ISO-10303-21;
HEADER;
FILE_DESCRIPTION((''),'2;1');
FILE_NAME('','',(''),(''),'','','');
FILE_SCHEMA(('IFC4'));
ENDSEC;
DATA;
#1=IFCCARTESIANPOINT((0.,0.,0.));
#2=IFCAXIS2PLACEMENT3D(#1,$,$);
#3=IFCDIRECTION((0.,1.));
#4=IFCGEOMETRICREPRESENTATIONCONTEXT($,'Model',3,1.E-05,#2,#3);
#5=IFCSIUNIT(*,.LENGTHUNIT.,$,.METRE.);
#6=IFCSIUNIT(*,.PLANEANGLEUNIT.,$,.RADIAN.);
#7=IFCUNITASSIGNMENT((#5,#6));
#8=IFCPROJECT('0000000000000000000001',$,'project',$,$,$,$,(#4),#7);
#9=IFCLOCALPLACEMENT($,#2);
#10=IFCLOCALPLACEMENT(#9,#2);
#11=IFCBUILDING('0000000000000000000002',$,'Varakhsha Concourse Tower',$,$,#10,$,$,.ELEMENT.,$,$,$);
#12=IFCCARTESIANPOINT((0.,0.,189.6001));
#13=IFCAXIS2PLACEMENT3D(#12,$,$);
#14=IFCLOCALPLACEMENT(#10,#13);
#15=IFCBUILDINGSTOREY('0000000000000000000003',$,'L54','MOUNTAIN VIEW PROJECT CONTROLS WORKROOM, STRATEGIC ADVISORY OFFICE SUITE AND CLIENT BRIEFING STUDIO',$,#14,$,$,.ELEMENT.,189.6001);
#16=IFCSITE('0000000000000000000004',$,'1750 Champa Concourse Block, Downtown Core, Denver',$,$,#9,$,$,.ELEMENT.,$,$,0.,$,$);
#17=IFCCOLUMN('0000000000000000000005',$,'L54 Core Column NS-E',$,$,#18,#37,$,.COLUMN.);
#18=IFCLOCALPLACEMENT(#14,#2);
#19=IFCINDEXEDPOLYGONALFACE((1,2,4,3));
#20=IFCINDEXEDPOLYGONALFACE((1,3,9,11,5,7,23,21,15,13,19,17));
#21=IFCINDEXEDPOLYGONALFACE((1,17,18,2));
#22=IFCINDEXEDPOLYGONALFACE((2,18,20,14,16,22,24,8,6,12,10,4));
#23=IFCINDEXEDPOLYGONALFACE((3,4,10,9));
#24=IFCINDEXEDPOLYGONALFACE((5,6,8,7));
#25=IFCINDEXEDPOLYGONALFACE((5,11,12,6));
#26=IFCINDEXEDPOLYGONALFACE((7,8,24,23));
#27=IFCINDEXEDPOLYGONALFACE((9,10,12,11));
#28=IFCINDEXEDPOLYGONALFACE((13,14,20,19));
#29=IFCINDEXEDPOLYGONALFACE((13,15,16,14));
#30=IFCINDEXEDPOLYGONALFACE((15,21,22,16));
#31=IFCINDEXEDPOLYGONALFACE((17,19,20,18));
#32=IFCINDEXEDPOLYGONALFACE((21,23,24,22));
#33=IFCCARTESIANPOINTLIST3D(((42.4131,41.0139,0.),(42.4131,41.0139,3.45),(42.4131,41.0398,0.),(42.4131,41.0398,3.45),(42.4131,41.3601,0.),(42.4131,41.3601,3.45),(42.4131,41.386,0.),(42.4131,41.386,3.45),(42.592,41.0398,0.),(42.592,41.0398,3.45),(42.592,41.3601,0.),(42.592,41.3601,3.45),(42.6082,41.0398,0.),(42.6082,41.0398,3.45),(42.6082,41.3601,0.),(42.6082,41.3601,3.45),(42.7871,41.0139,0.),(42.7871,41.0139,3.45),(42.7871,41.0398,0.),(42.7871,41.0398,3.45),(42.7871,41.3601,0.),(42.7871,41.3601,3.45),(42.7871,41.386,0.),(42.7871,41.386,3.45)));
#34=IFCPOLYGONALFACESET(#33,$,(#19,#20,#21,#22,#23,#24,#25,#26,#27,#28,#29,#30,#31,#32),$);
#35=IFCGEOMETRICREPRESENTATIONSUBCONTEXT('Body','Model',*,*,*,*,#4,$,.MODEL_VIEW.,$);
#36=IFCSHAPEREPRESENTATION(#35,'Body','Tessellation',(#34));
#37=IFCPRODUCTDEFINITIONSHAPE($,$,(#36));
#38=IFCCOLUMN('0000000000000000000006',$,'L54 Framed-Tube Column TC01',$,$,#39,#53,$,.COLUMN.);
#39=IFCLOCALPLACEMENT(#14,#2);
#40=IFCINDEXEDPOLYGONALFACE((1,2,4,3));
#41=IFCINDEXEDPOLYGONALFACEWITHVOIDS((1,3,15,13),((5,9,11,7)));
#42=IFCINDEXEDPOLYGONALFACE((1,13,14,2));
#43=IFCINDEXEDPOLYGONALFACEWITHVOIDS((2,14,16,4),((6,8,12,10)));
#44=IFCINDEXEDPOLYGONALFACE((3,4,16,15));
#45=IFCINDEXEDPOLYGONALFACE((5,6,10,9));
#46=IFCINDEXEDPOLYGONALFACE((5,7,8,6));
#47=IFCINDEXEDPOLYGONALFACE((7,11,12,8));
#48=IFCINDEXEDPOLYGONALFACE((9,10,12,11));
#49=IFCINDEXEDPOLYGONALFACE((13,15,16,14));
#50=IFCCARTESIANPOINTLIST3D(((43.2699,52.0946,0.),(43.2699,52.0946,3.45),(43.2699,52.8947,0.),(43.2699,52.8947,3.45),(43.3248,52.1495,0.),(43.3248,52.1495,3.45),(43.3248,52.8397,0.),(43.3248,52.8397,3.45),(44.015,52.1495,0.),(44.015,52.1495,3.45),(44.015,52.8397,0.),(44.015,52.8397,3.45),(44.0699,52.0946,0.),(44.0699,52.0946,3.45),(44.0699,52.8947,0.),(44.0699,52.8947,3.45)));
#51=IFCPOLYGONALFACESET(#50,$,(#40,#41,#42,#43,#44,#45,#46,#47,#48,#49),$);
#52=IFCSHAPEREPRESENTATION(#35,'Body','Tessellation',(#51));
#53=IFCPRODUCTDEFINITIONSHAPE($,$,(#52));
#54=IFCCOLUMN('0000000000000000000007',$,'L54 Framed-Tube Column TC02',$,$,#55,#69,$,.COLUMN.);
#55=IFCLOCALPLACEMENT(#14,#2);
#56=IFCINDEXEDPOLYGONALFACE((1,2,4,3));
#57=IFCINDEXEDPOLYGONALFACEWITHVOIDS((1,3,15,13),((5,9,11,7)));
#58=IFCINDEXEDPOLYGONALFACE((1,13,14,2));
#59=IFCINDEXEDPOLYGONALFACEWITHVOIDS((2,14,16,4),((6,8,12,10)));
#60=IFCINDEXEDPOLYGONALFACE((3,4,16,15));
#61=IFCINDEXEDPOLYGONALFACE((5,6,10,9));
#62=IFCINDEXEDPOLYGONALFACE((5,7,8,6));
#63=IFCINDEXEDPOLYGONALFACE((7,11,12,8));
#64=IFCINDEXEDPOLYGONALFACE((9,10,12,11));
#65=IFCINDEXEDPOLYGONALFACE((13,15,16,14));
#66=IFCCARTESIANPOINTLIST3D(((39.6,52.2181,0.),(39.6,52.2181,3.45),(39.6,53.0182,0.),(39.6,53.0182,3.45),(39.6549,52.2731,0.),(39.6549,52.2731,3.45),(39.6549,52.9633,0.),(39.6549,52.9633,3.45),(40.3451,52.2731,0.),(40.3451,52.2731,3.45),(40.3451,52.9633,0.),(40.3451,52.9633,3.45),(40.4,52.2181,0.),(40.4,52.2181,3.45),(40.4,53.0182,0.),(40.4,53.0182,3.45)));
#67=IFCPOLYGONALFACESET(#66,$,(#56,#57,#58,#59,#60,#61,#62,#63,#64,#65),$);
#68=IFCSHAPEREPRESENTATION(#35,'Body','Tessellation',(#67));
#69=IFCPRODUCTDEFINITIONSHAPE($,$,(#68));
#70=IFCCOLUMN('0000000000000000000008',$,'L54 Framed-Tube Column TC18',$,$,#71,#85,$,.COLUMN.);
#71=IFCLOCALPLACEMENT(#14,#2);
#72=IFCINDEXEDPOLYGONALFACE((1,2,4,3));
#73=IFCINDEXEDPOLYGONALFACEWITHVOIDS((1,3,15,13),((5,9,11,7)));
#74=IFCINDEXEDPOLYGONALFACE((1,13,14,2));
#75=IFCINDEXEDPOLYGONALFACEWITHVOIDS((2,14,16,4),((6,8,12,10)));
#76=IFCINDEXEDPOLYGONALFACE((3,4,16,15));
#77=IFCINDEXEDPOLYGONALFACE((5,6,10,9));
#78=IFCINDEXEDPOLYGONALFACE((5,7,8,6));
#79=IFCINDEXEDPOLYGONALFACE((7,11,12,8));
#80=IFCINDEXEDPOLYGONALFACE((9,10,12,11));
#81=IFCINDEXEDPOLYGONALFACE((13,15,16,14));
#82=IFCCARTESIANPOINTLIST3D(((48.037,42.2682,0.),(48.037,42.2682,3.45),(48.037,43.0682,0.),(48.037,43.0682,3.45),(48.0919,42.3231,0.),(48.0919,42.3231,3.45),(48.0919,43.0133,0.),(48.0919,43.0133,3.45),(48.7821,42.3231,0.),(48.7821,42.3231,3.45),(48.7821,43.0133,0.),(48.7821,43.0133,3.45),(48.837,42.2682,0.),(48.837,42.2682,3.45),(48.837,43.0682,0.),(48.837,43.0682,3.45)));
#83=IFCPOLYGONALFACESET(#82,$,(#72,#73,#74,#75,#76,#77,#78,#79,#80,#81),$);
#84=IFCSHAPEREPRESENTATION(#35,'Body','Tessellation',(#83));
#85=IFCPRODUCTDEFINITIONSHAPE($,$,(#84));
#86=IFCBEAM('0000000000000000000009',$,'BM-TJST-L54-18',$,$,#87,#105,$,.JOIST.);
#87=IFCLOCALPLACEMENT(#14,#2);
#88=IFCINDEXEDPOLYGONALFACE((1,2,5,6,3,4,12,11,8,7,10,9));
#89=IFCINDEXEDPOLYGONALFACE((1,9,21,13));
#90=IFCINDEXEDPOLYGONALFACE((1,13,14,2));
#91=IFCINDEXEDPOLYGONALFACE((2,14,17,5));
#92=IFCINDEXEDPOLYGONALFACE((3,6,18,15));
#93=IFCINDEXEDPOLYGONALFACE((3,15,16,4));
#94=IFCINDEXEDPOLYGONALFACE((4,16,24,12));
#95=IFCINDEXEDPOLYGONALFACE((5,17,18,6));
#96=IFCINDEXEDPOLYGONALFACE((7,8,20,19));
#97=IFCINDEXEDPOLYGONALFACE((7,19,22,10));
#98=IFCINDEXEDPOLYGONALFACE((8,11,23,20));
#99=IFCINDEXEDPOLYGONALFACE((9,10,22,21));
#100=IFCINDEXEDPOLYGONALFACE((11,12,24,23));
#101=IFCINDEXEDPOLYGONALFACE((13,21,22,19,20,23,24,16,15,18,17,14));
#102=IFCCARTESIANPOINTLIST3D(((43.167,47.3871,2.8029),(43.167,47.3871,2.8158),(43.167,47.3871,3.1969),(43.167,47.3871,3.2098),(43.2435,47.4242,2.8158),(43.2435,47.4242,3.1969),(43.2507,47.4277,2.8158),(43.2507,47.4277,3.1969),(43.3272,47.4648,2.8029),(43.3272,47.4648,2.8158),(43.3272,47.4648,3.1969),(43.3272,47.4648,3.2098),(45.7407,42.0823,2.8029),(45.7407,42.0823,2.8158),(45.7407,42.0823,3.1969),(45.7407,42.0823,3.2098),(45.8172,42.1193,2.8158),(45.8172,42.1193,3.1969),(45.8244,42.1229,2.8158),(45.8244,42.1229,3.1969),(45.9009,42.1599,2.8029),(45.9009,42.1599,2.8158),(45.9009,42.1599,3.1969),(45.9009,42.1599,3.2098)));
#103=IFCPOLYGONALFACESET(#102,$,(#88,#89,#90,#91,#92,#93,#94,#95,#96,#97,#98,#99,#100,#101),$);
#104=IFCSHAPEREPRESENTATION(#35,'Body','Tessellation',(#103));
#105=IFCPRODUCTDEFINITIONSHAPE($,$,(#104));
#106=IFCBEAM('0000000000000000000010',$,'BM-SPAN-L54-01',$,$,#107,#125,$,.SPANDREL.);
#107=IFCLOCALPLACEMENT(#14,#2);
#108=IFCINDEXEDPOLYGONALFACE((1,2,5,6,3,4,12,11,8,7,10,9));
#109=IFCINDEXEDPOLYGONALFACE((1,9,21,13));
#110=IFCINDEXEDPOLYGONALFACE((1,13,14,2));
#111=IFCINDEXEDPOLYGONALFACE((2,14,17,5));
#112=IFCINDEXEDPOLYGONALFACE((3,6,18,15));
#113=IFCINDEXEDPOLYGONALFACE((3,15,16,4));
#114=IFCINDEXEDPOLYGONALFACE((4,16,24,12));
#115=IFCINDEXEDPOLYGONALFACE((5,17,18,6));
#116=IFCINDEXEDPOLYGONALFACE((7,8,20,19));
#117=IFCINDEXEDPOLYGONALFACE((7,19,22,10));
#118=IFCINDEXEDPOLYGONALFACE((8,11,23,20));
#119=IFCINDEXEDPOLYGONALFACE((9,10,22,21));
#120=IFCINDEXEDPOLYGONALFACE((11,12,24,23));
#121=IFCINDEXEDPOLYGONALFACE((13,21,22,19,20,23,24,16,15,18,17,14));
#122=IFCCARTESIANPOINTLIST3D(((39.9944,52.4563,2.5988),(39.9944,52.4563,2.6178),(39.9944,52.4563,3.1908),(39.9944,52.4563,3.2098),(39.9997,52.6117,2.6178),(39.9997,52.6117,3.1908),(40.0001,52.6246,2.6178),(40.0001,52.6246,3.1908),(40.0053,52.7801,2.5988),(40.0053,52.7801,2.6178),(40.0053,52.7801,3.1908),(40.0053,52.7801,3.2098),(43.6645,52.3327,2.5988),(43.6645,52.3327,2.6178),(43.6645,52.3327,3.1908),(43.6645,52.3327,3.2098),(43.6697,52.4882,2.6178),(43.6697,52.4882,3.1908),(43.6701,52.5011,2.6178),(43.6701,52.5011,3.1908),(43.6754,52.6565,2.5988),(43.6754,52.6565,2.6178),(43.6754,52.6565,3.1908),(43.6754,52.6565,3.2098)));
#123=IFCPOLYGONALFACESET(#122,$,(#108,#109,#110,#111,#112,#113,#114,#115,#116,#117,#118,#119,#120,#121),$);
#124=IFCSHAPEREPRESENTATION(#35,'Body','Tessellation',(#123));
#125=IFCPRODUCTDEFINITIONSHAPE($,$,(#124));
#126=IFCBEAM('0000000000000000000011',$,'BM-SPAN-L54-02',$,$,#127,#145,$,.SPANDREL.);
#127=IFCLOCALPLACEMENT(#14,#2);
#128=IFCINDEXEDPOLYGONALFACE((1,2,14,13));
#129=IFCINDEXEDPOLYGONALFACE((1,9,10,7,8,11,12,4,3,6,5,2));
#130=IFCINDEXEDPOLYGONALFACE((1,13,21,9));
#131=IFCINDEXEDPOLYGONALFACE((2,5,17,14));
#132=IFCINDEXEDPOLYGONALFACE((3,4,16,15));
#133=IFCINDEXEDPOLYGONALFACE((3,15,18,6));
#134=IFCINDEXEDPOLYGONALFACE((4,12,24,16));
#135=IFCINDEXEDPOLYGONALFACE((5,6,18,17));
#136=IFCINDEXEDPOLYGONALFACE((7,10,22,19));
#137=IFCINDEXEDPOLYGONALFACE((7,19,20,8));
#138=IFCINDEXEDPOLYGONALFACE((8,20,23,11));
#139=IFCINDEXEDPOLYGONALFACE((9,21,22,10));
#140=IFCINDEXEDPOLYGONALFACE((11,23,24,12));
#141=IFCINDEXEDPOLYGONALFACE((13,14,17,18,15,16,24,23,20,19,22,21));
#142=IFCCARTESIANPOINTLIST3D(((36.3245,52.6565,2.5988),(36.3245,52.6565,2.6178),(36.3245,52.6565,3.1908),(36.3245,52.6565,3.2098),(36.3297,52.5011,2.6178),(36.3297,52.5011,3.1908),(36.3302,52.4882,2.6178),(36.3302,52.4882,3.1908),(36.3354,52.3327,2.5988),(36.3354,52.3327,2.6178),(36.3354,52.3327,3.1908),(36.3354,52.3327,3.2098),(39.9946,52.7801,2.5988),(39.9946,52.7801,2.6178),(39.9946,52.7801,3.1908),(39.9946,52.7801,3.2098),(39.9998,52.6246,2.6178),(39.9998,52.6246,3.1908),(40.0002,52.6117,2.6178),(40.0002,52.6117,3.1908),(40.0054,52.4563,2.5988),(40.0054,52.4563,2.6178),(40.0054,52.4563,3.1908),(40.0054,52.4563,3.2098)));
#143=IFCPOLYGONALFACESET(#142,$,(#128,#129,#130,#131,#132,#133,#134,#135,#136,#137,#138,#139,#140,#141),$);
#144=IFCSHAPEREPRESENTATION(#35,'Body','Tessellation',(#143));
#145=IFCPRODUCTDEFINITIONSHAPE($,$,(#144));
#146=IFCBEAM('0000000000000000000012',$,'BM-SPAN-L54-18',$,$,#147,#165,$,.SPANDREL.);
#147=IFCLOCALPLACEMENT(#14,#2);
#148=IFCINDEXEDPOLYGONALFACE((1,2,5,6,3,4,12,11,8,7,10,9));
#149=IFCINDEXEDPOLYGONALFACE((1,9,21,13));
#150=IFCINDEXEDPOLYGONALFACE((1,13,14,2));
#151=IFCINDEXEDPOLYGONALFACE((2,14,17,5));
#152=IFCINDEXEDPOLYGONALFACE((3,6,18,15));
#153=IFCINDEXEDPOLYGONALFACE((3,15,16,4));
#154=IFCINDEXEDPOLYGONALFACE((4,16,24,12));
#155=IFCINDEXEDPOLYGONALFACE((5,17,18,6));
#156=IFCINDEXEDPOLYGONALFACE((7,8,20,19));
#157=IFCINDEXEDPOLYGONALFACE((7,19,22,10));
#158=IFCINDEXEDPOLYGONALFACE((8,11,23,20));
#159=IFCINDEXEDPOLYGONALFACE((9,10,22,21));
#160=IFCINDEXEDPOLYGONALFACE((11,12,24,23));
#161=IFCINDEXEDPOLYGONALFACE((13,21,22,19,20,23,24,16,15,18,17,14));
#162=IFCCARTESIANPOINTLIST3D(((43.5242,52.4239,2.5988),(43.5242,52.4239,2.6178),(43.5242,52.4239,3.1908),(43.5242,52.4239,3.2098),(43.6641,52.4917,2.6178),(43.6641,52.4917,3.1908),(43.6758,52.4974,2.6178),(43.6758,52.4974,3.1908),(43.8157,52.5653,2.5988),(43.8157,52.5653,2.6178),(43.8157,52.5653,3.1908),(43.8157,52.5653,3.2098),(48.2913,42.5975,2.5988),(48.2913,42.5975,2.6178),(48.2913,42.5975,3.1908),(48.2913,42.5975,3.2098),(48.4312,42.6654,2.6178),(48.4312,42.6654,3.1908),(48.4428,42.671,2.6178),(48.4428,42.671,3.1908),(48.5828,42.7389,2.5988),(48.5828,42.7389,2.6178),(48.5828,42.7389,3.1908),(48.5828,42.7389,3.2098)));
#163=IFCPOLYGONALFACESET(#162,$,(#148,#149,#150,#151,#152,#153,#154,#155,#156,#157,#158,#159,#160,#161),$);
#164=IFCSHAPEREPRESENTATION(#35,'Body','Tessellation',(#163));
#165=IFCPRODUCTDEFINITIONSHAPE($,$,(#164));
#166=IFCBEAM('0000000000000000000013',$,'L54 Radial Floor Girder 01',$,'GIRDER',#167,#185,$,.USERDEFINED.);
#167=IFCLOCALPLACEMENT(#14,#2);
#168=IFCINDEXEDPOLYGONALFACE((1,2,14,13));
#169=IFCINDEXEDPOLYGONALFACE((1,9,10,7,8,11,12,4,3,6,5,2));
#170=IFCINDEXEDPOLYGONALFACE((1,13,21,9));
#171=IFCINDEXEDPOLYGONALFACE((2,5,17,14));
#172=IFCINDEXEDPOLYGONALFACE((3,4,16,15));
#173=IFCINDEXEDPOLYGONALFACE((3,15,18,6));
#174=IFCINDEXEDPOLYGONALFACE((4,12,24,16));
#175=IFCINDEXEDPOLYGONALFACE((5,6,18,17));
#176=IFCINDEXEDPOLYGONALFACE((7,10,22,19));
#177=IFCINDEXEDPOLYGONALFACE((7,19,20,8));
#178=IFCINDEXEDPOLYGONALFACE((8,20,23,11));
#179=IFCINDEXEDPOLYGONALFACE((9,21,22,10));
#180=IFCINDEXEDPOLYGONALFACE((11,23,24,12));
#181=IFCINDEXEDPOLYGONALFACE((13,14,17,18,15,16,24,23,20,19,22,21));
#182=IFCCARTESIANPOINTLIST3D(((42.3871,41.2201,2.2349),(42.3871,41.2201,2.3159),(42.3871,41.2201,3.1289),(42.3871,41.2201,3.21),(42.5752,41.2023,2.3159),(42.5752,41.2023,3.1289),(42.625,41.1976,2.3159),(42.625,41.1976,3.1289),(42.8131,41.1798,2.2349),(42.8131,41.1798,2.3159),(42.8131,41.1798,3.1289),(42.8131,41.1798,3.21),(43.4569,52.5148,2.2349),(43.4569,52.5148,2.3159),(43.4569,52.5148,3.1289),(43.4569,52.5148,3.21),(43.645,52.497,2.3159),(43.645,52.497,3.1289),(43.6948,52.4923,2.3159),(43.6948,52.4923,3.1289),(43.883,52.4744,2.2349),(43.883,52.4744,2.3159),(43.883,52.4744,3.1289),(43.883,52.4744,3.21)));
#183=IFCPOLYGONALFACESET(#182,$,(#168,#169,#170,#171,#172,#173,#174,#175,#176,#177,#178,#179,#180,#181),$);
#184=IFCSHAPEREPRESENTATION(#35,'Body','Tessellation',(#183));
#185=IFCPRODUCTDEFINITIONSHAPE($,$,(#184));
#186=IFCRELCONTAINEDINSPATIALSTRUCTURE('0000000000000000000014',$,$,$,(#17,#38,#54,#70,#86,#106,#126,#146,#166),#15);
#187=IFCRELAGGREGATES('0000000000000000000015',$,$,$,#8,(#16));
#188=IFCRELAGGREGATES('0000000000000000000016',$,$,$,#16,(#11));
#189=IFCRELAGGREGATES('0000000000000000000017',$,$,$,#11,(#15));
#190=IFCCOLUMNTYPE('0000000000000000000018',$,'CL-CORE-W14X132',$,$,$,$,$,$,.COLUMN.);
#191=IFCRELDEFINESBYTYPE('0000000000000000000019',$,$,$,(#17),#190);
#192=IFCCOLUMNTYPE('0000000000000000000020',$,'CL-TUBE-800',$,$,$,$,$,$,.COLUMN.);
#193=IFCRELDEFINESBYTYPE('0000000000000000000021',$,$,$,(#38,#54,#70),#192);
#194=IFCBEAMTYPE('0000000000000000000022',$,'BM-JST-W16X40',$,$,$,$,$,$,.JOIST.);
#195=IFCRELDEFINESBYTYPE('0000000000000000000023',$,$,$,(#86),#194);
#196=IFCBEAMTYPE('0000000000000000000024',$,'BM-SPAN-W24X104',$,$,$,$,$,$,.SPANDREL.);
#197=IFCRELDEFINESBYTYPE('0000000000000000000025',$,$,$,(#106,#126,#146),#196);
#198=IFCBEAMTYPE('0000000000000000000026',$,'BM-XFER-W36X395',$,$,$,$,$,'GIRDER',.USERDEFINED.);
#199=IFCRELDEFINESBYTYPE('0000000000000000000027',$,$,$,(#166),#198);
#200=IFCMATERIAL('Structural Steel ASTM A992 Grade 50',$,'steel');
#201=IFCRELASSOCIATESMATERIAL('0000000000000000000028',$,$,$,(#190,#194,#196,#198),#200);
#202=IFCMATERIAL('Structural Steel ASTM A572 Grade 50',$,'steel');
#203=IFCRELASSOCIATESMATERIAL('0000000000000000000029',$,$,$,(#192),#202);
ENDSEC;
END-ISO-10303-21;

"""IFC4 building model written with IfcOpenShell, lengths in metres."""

from ifc_helpers import new_model, si_unit, direction, frame, origin, origin_2d, place, context, subcontext, project, spatial, hollow_rectangle, i_section, extrude, material, material_profile, profile_set, type_object, element, save


model = new_model("IFC4")

# Units and contexts
model_context = context("Model", 3, precision=1e-05, world=origin(), true_north=direction((0.0, 1.0)))
body_context = subcontext(model_context, "Body", "Model", "MODEL_VIEW")
ifc_project = project(units=[si_unit("LENGTHUNIT", "METRE"), si_unit("PLANEANGLEUNIT", "RADIAN")], contexts=[model_context])

# Site, building, storey
site_placement = place(None, origin())
site = spatial("IfcSite", under=ifc_project, at=site_placement, Name="1750 Champa Concourse Block, Downtown Core, Denver", CompositionType="ELEMENT", RefElevation=0.0)
building_placement = place(site_placement, origin())
building = spatial("IfcBuilding", under=site, at=building_placement, Name="Varakhsha Concourse Tower", CompositionType="ELEMENT")
storey_placement = place(building_placement, frame((0.0, 0.0, 189.6001)))
storey = spatial("IfcBuildingStorey", under=building, at=storey_placement, Name="L54", Description="MOUNTAIN VIEW PROJECT CONTROLS WORKROOM, STRATEGIC ADVISORY OFFICE SUITE AND CLIENT BRIEFING STUDIO", CompositionType="ELEMENT", Elevation=189.6001)

# Columns
ifc_material_1 = material(Name="Structural Steel ASTM A992 Grade 50", Category="steel")
ifc_material_profile_1 = material_profile(ifc_material_1, i_section(OverallWidth=0.374, OverallDepth=0.3721, WebThickness=0.0161, FlangeThickness=0.0259, at=origin_2d()), Name="W14X132")
ifc_profile_set_1 = profile_set([ifc_material_profile_1], Name="Structural Steel ASTM A992 Grade 50")
column_type_1 = type_object("IfcColumnType", Name="CL-CORE-W14X132", PredefinedType="COLUMN", material=ifc_profile_set_1)
column_placement = place(storey_placement, frame((42.6001, 41.2, 0.0), z_axis=(0.0, 0.0, 1.0), x_axis=(1.0, 0.0, 0.0)))
element("IfcColumn", 1, at=column_placement, inside=storey, type_object=column_type_1, Name="L54 Core Column NS-E", PredefinedType="COLUMN", context=body_context, shape_type="SweptSolid", body=[
    extrude(i_section(OverallWidth=0.374, OverallDepth=0.3721, WebThickness=0.0161, FlangeThickness=0.0259, at=origin_2d()), origin(), (0.0, 0.0, 1.0), 3.45),
])
ifc_material_2 = material(Name="Structural Steel ASTM A572 Grade 50", Category="steel")
ifc_material_profile_2 = material_profile(ifc_material_2, hollow_rectangle(XDim=0.8, YDim=0.8, WallThickness=0.0549, at=origin_2d()), Name="BOX 800x800x55")
ifc_profile_set_2 = profile_set([ifc_material_profile_2], Name="Structural Steel ASTM A572 Grade 50")
column_type_2 = type_object("IfcColumnType", Name="CL-TUBE-800", PredefinedType="COLUMN", material=ifc_profile_set_2)
for number, where, z_axis, x_axis, name in (
    (2, (43.6699, 52.4946, 0.0), (0.0, 0.0, 1.0), (1.0, 0.0, 0.0), "L54 Framed-Tube Column TC01"),
    (3, (40.0, 52.6182, 0.0), (0.0, 0.0, 1.0), (1.0, 0.0, 0.0), "L54 Framed-Tube Column TC02"),
    (4, (48.437, 42.6682, 0.0), (0.0, 0.0, 1.0), (1.0, 0.0, 0.0), "L54 Framed-Tube Column TC18"),
):
    element("IfcColumn", number, at=place(storey_placement, frame(where, z_axis=z_axis, x_axis=x_axis)), inside=storey, type_object=column_type_2, Name=name, PredefinedType="COLUMN", context=body_context, shape_type="SweptSolid", body=[
        extrude(hollow_rectangle(XDim=0.8, YDim=0.8, WallThickness=0.0549, at=origin_2d()), origin(), (0.0, 0.0, 1.0), 3.45),
    ])

# Beams
ifc_material_profile_3 = material_profile(ifc_material_1, i_section(OverallWidth=0.178, OverallDepth=0.407, WebThickness=0.0081, FlangeThickness=0.0129, at=origin_2d()), Name="W16X40")
ifc_profile_set_3 = profile_set([ifc_material_profile_3], Name="Structural Steel ASTM A992 Grade 50")
beam_type_1 = type_object("IfcBeamType", Name="BM-JST-W16X40", PredefinedType="JOIST", material=ifc_profile_set_3)
beam_1_placement = place(storey_placement, frame((45.8208, 42.1211, 3.0063), z_axis=(-0.436499, 0.899705, 0.0), x_axis=(-0.899705, -0.436499, 0.0)))
element("IfcBeam", 5, at=beam_1_placement, inside=storey, type_object=beam_type_1, Name="BM-TJST-L54-18", PredefinedType="JOIST", context=body_context, shape_type="SweptSolid", body=[
    extrude(i_section(OverallWidth=0.178, OverallDepth=0.407, WebThickness=0.0081, FlangeThickness=0.0129, at=origin_2d()), origin(), (0.0, 0.0, 1.0), 5.8962),
])
ifc_material_profile_4 = material_profile(ifc_material_1, i_section(OverallWidth=0.324, OverallDepth=0.6111, WebThickness=0.0129, FlangeThickness=0.019, at=origin_2d()), Name="W24X104")
ifc_profile_set_4 = profile_set([ifc_material_profile_4], Name="Structural Steel ASTM A992 Grade 50")
beam_type_2 = type_object("IfcBeamType", Name="BM-SPAN-W24X104", PredefinedType="SPANDREL", material=ifc_profile_set_4)
for number, where, z_axis, x_axis, name in (
    (6, (43.6699, 52.4946, 2.9043), (-0.999434, 0.033642, 0.0), (-0.033642, -0.999434, 0.0), "BM-SPAN-L54-01"),
    (7, (40.0, 52.6182, 2.9043), (-0.999434, -0.033642, 0.0), (0.033642, -0.999434, 0.0), "BM-SPAN-L54-02"),
):
    element("IfcBeam", number, at=place(storey_placement, frame(where, z_axis=z_axis, x_axis=x_axis)), inside=storey, type_object=beam_type_2, Name=name, PredefinedType="SPANDREL", context=body_context, shape_type="SweptSolid", body=[
        extrude(i_section(OverallWidth=0.324, OverallDepth=0.6111, WebThickness=0.0129, FlangeThickness=0.019, at=origin_2d()), origin(), (0.0, 0.0, 1.0), 3.6721),
    ])
beam_2_placement = place(storey_placement, frame((48.437, 42.6682, 2.9043), z_axis=(-0.436479, 0.899715, 0.0), x_axis=(-0.899715, -0.436479, 0.0)))
element("IfcBeam", 8, at=beam_2_placement, inside=storey, type_object=beam_type_2, Name="BM-SPAN-L54-18", PredefinedType="SPANDREL", context=body_context, shape_type="SweptSolid", body=[
    extrude(i_section(OverallWidth=0.324, OverallDepth=0.6111, WebThickness=0.0129, FlangeThickness=0.019, at=origin_2d()), origin(), (0.0, 0.0, 1.0), 10.9216),
])
ifc_material_profile_5 = material_profile(ifc_material_1, i_section(OverallWidth=0.428, OverallDepth=0.9751, WebThickness=0.05, FlangeThickness=0.0811, at=origin_2d()), Name="W36X395")
ifc_profile_set_5 = profile_set([ifc_material_profile_5], Name="Structural Steel ASTM A992 Grade 50")
beam_type_3 = type_object("IfcBeamType", Name="BM-XFER-W36X395", ElementType="GIRDER", PredefinedType="USERDEFINED", material=ifc_profile_set_5)
beam_3_placement = place(storey_placement, frame((42.6001, 41.2, 2.7224), z_axis=(0.094297, 0.995544, 0.0), x_axis=(-0.995544, 0.094297, 0.0)))
element("IfcBeam", 9, at=beam_3_placement, inside=storey, type_object=beam_type_3, Name="L54 Radial Floor Girder 01", ObjectType="GIRDER", PredefinedType="USERDEFINED", context=body_context, shape_type="SweptSolid", body=[
    extrude(i_section(OverallWidth=0.428, OverallDepth=0.9751, WebThickness=0.05, FlangeThickness=0.0811, at=origin_2d()), origin(), (0.0, 0.0, 1.0), 11.3452),
])

save(model, "model.ifc")
